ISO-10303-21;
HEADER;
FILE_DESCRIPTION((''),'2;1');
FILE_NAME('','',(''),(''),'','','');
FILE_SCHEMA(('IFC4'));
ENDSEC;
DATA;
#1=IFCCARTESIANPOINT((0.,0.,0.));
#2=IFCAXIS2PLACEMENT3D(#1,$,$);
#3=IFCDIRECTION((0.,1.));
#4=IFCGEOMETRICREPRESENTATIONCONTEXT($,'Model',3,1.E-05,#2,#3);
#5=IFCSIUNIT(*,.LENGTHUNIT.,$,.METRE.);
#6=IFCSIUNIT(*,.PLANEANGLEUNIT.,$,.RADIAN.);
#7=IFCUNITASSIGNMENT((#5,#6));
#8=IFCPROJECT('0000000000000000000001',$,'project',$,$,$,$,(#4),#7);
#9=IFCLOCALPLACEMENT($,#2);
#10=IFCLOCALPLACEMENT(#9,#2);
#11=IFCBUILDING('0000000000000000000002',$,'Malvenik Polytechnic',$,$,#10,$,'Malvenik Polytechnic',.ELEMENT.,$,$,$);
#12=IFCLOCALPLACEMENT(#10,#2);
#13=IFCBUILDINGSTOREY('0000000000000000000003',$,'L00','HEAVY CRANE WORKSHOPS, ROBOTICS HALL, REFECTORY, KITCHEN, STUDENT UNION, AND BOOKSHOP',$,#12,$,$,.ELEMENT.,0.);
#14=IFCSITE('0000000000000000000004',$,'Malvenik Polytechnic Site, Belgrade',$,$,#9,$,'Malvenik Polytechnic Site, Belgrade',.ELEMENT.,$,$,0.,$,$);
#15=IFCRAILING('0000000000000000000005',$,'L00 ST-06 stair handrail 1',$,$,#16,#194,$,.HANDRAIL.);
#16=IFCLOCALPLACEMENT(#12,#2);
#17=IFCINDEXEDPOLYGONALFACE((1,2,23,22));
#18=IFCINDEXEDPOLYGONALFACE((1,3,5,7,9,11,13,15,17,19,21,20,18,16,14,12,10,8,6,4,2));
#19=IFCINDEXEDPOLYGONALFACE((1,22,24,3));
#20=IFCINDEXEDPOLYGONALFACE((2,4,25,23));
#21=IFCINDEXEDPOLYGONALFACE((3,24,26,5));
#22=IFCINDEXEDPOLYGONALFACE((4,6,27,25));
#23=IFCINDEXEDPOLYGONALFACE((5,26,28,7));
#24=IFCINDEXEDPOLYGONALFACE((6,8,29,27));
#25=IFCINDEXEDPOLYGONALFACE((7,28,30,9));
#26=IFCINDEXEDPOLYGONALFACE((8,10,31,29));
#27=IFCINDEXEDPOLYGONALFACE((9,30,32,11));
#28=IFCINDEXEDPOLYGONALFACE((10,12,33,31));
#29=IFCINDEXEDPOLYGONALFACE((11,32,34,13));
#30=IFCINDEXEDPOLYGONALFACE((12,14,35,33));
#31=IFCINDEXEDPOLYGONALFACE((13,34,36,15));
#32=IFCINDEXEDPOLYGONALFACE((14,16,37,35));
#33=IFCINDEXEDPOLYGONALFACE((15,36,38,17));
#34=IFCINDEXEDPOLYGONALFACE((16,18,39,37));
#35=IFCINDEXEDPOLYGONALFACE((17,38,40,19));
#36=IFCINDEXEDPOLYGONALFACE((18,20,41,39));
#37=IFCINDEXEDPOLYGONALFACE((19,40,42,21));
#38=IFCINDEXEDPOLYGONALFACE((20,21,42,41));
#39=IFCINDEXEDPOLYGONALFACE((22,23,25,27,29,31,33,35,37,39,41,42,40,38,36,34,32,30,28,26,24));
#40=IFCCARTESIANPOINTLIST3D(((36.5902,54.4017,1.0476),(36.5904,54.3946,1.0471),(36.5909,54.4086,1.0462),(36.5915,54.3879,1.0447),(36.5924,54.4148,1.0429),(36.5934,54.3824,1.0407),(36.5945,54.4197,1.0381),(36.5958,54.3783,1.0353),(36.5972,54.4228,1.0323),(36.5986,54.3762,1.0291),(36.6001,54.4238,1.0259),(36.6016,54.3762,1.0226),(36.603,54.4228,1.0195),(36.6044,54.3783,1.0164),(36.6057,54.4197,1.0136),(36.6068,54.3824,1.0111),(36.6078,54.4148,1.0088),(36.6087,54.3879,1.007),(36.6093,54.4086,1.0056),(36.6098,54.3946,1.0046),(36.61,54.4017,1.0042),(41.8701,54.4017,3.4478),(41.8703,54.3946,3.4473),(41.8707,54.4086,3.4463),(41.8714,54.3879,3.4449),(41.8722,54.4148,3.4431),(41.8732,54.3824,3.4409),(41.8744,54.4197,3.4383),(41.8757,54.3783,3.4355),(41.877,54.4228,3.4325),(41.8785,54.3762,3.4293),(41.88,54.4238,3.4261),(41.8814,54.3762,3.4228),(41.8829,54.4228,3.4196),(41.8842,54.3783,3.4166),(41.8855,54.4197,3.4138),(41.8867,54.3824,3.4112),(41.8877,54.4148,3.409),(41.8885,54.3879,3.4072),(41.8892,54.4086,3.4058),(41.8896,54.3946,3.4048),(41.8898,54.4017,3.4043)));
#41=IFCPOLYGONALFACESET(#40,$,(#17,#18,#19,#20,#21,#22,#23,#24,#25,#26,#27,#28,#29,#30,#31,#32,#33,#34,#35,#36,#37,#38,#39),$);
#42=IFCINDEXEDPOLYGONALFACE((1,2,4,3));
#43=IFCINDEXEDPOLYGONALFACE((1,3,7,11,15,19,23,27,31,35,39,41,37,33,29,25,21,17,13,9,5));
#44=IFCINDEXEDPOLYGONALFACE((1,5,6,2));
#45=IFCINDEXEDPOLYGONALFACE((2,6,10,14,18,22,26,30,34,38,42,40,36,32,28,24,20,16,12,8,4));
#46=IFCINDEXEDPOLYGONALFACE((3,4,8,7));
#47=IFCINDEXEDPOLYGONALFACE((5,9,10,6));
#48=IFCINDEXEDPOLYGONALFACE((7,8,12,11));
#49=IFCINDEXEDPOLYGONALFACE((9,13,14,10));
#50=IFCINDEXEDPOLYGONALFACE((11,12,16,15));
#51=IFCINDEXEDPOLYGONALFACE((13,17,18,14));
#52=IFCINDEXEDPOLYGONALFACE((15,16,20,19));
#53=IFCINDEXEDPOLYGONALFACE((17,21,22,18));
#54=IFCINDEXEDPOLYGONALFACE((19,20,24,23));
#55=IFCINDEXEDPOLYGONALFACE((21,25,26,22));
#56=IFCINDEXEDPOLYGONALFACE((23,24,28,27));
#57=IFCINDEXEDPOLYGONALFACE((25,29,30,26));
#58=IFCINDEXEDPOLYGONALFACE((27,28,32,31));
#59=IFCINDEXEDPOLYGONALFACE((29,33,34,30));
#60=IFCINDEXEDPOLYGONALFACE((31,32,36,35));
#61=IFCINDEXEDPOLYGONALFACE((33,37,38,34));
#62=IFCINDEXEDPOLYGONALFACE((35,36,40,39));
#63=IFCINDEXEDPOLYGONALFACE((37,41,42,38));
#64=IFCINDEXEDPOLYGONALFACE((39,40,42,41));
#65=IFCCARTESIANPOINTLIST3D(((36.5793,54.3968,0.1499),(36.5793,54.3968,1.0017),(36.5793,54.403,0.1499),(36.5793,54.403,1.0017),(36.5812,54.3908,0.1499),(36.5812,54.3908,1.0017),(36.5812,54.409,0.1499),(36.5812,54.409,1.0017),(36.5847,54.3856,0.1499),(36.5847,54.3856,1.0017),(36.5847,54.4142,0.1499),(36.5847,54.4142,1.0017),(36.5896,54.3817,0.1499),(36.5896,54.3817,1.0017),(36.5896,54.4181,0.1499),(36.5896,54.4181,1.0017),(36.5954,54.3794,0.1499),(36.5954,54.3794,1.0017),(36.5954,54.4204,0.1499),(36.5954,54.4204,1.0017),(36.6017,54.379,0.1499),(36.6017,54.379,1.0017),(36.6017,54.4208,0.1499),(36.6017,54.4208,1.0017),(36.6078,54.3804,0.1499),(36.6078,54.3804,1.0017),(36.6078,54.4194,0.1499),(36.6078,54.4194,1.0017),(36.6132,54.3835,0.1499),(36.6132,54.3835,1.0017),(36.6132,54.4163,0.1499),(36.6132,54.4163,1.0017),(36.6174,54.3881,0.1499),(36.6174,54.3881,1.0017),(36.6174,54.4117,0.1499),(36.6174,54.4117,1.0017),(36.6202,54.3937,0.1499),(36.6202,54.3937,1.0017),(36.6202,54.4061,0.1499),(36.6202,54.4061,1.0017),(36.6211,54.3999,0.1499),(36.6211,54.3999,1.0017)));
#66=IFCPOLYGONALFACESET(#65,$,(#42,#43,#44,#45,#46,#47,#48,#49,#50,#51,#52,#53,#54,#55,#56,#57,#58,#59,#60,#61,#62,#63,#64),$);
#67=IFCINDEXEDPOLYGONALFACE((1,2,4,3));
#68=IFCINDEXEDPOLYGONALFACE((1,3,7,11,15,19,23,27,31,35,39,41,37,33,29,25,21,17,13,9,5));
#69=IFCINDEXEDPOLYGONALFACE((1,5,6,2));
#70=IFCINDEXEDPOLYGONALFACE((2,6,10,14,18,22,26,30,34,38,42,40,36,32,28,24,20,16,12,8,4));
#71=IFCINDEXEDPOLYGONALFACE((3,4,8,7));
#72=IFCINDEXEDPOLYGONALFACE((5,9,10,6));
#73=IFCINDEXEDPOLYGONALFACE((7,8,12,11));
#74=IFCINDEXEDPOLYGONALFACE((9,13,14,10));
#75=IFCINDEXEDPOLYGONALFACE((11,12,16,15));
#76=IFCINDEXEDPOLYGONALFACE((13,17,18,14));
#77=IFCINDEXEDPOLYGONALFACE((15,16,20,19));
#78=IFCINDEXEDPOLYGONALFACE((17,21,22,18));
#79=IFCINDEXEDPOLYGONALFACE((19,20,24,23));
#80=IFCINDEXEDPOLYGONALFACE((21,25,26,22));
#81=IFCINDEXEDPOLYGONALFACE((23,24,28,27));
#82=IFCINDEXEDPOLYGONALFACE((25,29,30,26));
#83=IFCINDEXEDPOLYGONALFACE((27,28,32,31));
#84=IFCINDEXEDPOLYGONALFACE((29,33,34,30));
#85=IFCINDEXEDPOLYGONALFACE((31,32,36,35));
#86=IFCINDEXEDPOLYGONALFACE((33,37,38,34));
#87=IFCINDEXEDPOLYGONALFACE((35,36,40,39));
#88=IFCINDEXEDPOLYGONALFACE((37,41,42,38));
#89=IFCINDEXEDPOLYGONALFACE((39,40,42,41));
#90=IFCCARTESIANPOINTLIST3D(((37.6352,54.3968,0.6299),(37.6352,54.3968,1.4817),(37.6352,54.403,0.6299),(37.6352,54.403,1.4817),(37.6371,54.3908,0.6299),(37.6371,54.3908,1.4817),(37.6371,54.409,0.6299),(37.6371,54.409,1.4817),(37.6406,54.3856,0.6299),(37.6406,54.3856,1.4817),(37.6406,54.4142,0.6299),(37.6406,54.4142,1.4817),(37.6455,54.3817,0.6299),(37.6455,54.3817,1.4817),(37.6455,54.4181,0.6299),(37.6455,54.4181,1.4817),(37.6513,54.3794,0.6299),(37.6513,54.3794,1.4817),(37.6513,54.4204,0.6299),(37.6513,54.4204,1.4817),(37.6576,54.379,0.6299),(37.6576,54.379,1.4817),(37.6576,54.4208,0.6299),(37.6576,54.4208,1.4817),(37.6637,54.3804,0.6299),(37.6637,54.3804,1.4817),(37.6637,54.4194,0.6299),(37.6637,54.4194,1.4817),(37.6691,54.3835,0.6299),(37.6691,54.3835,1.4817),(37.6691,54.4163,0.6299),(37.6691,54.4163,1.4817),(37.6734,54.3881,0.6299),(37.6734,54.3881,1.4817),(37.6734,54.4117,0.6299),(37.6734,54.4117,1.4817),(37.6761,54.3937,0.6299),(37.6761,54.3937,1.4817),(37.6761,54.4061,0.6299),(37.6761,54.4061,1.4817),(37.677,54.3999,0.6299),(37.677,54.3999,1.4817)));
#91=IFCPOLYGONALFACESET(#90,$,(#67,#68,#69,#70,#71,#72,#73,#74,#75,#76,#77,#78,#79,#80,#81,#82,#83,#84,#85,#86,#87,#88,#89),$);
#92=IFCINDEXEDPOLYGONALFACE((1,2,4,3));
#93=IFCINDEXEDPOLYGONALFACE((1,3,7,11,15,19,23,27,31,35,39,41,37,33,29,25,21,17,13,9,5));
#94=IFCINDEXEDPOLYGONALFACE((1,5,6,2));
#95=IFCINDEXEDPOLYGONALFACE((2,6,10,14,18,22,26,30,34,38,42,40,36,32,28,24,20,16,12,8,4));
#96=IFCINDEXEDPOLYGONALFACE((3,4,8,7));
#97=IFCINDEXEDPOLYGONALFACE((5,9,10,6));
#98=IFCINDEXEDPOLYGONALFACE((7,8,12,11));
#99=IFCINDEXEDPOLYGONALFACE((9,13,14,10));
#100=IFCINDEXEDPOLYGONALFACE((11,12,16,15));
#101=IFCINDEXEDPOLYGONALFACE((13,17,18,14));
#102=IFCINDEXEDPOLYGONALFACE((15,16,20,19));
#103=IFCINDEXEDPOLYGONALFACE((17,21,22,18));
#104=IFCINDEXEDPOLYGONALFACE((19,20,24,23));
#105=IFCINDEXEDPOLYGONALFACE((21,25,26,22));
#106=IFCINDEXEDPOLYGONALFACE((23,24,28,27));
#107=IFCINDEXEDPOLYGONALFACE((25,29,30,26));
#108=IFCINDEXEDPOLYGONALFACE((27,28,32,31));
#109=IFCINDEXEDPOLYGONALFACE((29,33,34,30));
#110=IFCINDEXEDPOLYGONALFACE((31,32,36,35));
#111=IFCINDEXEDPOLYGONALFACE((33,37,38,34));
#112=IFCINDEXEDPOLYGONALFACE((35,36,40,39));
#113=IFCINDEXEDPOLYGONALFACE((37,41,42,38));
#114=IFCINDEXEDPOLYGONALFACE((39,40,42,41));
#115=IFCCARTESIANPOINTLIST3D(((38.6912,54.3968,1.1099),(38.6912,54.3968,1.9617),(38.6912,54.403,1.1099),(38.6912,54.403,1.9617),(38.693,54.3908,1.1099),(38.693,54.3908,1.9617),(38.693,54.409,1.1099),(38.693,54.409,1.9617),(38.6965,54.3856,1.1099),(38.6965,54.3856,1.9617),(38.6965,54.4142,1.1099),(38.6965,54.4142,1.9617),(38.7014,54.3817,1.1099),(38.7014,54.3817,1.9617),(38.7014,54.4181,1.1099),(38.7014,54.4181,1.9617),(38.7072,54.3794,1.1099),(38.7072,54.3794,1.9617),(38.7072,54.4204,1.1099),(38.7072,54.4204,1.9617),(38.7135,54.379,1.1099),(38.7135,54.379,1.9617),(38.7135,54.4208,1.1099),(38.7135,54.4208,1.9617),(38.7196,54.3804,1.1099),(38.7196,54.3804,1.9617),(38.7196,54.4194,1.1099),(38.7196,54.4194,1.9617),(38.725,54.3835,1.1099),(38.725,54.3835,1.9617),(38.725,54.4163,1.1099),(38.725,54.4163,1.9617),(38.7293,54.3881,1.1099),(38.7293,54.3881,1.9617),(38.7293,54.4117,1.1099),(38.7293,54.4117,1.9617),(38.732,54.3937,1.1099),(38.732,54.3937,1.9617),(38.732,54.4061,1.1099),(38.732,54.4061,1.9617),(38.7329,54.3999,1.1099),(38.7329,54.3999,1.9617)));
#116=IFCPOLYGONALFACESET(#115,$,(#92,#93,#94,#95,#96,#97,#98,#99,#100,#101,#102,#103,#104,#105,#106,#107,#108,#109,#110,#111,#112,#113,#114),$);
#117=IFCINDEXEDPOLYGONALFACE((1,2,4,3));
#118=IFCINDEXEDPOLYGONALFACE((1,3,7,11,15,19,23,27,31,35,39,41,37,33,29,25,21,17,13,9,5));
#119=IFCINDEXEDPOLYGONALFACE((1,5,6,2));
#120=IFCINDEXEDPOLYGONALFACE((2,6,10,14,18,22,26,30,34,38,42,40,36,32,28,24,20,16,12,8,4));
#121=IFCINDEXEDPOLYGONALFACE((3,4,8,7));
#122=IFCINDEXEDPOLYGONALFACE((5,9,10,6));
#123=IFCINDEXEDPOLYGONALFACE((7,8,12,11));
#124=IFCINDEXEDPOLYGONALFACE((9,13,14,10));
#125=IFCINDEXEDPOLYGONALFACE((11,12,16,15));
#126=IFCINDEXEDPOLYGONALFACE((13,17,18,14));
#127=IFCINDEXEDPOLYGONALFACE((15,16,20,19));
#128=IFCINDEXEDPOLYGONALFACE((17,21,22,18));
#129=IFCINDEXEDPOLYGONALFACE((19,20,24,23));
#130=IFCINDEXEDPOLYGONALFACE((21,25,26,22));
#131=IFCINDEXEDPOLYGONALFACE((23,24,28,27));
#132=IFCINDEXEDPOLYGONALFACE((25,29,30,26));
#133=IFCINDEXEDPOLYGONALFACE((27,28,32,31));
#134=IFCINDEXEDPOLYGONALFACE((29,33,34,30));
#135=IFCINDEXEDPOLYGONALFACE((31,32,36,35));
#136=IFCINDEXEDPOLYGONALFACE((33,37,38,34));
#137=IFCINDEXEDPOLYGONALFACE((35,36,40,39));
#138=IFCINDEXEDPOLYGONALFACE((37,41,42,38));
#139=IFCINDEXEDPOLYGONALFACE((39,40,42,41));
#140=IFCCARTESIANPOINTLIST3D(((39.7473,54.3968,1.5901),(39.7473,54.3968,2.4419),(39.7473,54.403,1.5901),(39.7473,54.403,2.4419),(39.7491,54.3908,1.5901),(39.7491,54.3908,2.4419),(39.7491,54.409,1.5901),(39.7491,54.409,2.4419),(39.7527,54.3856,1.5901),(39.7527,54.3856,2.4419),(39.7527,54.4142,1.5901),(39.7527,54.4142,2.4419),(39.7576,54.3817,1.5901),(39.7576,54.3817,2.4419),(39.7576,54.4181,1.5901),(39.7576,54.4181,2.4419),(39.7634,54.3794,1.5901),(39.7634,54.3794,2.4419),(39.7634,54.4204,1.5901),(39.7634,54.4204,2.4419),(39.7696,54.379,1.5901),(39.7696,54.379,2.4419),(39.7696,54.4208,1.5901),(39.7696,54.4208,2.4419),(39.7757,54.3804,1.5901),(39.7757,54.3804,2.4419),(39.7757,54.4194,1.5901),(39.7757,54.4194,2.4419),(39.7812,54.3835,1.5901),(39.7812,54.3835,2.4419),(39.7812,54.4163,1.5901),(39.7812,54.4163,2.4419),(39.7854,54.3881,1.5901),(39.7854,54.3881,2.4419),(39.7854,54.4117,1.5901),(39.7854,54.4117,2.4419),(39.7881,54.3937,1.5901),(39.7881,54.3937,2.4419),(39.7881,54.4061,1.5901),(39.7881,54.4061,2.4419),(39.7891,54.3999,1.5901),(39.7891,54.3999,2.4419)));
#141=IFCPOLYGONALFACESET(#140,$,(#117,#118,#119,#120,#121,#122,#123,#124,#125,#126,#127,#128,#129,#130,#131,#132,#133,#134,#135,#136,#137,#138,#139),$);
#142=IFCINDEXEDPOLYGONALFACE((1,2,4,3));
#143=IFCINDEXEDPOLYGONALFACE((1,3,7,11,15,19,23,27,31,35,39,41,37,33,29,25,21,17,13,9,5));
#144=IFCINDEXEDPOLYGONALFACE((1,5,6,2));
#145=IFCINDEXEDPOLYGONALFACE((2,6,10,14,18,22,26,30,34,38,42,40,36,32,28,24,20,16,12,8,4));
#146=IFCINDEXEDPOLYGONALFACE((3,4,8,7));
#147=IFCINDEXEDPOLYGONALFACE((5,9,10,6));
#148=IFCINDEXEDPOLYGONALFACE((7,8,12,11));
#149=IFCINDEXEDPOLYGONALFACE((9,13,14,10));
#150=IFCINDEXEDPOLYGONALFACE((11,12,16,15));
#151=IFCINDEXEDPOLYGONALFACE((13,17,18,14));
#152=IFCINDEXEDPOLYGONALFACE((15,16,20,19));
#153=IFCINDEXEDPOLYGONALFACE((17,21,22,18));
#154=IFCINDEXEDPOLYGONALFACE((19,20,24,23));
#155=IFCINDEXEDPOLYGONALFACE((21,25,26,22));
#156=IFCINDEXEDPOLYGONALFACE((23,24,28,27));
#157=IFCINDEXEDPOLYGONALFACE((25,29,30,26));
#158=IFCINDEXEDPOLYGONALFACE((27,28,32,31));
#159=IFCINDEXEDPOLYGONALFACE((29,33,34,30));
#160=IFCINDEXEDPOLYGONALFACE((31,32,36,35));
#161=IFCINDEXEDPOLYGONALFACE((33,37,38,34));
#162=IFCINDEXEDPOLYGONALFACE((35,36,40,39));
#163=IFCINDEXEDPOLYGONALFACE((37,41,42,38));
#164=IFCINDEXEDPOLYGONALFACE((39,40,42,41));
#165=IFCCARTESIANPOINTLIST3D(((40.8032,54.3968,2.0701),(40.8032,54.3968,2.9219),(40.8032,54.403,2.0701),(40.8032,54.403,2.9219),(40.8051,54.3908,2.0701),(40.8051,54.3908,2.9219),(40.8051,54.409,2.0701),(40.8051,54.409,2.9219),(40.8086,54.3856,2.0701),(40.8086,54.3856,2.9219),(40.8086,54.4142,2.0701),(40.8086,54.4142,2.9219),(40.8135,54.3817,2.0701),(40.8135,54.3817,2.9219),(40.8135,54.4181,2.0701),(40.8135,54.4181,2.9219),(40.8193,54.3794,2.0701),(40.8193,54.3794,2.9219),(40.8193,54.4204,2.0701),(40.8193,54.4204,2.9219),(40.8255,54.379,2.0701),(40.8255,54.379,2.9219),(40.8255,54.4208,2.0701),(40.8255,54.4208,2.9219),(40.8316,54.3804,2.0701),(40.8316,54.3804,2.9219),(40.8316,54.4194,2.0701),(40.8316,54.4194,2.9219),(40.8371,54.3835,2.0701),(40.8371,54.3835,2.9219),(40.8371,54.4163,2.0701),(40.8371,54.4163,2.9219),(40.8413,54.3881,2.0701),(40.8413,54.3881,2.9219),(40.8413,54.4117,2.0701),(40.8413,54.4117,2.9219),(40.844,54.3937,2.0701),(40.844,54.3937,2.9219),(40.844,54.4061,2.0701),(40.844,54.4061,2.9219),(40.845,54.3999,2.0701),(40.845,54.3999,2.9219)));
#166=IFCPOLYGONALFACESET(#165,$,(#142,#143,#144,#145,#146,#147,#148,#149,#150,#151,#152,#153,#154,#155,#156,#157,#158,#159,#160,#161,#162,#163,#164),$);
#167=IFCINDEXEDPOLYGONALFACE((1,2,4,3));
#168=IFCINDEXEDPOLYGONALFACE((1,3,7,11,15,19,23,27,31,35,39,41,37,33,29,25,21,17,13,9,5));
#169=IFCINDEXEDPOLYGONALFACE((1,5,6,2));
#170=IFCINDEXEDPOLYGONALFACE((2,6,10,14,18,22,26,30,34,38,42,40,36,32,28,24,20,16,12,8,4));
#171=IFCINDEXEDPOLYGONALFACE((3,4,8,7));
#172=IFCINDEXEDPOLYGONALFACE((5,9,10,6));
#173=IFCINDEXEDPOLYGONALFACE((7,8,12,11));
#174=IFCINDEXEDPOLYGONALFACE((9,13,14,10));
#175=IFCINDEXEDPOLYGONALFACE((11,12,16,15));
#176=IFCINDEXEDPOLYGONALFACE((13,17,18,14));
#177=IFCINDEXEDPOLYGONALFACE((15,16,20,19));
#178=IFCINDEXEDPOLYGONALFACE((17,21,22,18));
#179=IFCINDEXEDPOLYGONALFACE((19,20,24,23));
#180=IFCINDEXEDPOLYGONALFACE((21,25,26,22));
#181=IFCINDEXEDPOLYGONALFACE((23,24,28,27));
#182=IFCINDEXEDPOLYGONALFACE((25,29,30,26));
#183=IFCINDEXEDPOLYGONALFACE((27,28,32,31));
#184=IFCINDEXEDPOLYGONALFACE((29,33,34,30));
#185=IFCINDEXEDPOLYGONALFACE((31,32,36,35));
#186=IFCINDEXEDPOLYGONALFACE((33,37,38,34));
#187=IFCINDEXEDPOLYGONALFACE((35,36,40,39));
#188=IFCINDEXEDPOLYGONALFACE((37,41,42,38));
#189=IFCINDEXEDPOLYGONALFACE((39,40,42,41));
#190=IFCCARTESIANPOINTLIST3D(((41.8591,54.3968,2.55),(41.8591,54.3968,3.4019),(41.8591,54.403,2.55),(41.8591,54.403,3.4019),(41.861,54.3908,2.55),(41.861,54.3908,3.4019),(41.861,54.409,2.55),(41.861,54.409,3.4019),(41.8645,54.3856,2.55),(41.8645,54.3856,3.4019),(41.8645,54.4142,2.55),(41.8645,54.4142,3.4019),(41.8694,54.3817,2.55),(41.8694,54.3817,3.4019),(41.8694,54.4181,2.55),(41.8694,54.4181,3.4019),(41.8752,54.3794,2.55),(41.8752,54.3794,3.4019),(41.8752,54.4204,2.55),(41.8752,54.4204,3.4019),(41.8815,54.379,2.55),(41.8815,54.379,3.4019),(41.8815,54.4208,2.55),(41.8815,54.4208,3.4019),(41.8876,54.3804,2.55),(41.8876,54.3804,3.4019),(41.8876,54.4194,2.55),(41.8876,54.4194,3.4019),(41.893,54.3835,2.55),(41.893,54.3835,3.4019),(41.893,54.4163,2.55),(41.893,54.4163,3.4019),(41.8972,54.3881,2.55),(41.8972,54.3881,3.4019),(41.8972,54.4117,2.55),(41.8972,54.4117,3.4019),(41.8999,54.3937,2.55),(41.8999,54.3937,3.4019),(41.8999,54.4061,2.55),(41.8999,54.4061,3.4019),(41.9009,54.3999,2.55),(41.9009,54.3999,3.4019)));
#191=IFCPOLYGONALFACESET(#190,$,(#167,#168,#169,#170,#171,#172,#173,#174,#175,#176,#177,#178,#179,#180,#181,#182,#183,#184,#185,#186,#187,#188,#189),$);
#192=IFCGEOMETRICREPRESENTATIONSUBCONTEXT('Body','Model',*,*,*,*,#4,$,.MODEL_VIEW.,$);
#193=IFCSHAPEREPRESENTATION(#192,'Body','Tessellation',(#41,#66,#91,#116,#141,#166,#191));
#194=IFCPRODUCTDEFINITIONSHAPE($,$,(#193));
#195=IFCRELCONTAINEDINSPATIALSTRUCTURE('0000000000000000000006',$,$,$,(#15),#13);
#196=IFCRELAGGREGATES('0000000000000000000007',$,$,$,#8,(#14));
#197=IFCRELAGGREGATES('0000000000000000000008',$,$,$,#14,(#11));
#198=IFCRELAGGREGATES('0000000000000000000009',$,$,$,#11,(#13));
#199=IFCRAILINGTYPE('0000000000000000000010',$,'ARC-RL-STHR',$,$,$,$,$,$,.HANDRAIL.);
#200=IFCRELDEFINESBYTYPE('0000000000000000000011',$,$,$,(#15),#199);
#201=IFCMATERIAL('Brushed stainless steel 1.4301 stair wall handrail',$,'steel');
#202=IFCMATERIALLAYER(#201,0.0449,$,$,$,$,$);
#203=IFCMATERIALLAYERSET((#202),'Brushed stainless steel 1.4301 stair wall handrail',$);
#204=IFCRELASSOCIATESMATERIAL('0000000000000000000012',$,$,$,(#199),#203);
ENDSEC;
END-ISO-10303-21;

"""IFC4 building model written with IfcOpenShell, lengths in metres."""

from ifc_helpers import new_model, si_unit, direction, frame, origin, origin_2d, place, context, subcontext, project, spatial, circle, extrude, material, layer, layer_set, type_object, element, save


model = new_model("IFC4")

# Units and contexts
model_context = context("Model", 3, precision=1e-05, world=origin(), true_north=direction((0.0, 1.0)))
body_context = subcontext(model_context, "Body", "Model", "MODEL_VIEW")
ifc_project = project(units=[si_unit("LENGTHUNIT", "METRE"), si_unit("PLANEANGLEUNIT", "RADIAN")], contexts=[model_context])

# Site, building, storey
site_placement = place(None, origin())
site = spatial("IfcSite", under=ifc_project, at=site_placement, Name="Malvenik Polytechnic Site, Belgrade", LongName="Malvenik Polytechnic Site, Belgrade", CompositionType="ELEMENT", RefElevation=0.0)
building_placement = place(site_placement, origin())
building = spatial("IfcBuilding", under=site, at=building_placement, Name="Malvenik Polytechnic", LongName="Malvenik Polytechnic", CompositionType="ELEMENT")
storey_placement = place(building_placement, origin())
storey = spatial("IfcBuildingStorey", under=building, at=storey_placement, Name="L00", Description="HEAVY CRANE WORKSHOPS, ROBOTICS HALL, REFECTORY, KITCHEN, STUDENT UNION, AND BOOKSHOP", CompositionType="ELEMENT", Elevation=0.0)

# Railing
ifc_material_1 = material(Name="Brushed stainless steel 1.4301 stair wall handrail", Category="steel")
ifc_layer_1 = layer(ifc_material_1, 0.0449)
ifc_layer_set_1 = layer_set([ifc_layer_1], Name="Brushed stainless steel 1.4301 stair wall handrail")
railing_type_1 = type_object("IfcRailingType", Name="ARC-RL-STHR", PredefinedType="HANDRAIL", material=ifc_layer_set_1)
railing_1_placement = place(storey_placement, frame((36.6001, 54.3999, 0.1499)))
element("IfcRailing", 1, at=railing_1_placement, inside=storey, type_object=railing_type_1, Name="L00 ST-06 stair handrail 1", PredefinedType="HANDRAIL", context=body_context, shape_type="SweptSolid", body=[
    extrude(circle(Radius=0.0239, at=origin_2d()), frame((0.0, 0.0, 0.876), z_axis=(0.910351, 0.0, 0.413838), x_axis=(0.0, 1.0, 0.0)), (0.0, 0.0, 1.0), 5.7998),
    extrude(circle(Radius=0.021, at=origin_2d()), origin(), (0.0, 0.0, 1.0), 0.8518),
    extrude(circle(Radius=0.021, at=origin_2d()), frame((1.0559, 0.0, 0.48)), (0.0, 0.0, 1.0), 0.8518),
    extrude(circle(Radius=0.021, at=origin_2d()), frame((2.1118, 0.0, 0.96)), (0.0, 0.0, 1.0), 0.8518),
    extrude(circle(Radius=0.021, at=origin_2d()), frame((3.168, 0.0, 1.4402)), (0.0, 0.0, 1.0), 0.8518),
    extrude(circle(Radius=0.021, at=origin_2d()), frame((4.2239, 0.0, 1.9202)), (0.0, 0.0, 1.0), 0.8518),
    extrude(circle(Radius=0.021, at=origin_2d()), frame((5.2798, 0.0, 2.4001)), (0.0, 0.0, 1.0), 0.8518),
])

save(model, "model.ifc")
